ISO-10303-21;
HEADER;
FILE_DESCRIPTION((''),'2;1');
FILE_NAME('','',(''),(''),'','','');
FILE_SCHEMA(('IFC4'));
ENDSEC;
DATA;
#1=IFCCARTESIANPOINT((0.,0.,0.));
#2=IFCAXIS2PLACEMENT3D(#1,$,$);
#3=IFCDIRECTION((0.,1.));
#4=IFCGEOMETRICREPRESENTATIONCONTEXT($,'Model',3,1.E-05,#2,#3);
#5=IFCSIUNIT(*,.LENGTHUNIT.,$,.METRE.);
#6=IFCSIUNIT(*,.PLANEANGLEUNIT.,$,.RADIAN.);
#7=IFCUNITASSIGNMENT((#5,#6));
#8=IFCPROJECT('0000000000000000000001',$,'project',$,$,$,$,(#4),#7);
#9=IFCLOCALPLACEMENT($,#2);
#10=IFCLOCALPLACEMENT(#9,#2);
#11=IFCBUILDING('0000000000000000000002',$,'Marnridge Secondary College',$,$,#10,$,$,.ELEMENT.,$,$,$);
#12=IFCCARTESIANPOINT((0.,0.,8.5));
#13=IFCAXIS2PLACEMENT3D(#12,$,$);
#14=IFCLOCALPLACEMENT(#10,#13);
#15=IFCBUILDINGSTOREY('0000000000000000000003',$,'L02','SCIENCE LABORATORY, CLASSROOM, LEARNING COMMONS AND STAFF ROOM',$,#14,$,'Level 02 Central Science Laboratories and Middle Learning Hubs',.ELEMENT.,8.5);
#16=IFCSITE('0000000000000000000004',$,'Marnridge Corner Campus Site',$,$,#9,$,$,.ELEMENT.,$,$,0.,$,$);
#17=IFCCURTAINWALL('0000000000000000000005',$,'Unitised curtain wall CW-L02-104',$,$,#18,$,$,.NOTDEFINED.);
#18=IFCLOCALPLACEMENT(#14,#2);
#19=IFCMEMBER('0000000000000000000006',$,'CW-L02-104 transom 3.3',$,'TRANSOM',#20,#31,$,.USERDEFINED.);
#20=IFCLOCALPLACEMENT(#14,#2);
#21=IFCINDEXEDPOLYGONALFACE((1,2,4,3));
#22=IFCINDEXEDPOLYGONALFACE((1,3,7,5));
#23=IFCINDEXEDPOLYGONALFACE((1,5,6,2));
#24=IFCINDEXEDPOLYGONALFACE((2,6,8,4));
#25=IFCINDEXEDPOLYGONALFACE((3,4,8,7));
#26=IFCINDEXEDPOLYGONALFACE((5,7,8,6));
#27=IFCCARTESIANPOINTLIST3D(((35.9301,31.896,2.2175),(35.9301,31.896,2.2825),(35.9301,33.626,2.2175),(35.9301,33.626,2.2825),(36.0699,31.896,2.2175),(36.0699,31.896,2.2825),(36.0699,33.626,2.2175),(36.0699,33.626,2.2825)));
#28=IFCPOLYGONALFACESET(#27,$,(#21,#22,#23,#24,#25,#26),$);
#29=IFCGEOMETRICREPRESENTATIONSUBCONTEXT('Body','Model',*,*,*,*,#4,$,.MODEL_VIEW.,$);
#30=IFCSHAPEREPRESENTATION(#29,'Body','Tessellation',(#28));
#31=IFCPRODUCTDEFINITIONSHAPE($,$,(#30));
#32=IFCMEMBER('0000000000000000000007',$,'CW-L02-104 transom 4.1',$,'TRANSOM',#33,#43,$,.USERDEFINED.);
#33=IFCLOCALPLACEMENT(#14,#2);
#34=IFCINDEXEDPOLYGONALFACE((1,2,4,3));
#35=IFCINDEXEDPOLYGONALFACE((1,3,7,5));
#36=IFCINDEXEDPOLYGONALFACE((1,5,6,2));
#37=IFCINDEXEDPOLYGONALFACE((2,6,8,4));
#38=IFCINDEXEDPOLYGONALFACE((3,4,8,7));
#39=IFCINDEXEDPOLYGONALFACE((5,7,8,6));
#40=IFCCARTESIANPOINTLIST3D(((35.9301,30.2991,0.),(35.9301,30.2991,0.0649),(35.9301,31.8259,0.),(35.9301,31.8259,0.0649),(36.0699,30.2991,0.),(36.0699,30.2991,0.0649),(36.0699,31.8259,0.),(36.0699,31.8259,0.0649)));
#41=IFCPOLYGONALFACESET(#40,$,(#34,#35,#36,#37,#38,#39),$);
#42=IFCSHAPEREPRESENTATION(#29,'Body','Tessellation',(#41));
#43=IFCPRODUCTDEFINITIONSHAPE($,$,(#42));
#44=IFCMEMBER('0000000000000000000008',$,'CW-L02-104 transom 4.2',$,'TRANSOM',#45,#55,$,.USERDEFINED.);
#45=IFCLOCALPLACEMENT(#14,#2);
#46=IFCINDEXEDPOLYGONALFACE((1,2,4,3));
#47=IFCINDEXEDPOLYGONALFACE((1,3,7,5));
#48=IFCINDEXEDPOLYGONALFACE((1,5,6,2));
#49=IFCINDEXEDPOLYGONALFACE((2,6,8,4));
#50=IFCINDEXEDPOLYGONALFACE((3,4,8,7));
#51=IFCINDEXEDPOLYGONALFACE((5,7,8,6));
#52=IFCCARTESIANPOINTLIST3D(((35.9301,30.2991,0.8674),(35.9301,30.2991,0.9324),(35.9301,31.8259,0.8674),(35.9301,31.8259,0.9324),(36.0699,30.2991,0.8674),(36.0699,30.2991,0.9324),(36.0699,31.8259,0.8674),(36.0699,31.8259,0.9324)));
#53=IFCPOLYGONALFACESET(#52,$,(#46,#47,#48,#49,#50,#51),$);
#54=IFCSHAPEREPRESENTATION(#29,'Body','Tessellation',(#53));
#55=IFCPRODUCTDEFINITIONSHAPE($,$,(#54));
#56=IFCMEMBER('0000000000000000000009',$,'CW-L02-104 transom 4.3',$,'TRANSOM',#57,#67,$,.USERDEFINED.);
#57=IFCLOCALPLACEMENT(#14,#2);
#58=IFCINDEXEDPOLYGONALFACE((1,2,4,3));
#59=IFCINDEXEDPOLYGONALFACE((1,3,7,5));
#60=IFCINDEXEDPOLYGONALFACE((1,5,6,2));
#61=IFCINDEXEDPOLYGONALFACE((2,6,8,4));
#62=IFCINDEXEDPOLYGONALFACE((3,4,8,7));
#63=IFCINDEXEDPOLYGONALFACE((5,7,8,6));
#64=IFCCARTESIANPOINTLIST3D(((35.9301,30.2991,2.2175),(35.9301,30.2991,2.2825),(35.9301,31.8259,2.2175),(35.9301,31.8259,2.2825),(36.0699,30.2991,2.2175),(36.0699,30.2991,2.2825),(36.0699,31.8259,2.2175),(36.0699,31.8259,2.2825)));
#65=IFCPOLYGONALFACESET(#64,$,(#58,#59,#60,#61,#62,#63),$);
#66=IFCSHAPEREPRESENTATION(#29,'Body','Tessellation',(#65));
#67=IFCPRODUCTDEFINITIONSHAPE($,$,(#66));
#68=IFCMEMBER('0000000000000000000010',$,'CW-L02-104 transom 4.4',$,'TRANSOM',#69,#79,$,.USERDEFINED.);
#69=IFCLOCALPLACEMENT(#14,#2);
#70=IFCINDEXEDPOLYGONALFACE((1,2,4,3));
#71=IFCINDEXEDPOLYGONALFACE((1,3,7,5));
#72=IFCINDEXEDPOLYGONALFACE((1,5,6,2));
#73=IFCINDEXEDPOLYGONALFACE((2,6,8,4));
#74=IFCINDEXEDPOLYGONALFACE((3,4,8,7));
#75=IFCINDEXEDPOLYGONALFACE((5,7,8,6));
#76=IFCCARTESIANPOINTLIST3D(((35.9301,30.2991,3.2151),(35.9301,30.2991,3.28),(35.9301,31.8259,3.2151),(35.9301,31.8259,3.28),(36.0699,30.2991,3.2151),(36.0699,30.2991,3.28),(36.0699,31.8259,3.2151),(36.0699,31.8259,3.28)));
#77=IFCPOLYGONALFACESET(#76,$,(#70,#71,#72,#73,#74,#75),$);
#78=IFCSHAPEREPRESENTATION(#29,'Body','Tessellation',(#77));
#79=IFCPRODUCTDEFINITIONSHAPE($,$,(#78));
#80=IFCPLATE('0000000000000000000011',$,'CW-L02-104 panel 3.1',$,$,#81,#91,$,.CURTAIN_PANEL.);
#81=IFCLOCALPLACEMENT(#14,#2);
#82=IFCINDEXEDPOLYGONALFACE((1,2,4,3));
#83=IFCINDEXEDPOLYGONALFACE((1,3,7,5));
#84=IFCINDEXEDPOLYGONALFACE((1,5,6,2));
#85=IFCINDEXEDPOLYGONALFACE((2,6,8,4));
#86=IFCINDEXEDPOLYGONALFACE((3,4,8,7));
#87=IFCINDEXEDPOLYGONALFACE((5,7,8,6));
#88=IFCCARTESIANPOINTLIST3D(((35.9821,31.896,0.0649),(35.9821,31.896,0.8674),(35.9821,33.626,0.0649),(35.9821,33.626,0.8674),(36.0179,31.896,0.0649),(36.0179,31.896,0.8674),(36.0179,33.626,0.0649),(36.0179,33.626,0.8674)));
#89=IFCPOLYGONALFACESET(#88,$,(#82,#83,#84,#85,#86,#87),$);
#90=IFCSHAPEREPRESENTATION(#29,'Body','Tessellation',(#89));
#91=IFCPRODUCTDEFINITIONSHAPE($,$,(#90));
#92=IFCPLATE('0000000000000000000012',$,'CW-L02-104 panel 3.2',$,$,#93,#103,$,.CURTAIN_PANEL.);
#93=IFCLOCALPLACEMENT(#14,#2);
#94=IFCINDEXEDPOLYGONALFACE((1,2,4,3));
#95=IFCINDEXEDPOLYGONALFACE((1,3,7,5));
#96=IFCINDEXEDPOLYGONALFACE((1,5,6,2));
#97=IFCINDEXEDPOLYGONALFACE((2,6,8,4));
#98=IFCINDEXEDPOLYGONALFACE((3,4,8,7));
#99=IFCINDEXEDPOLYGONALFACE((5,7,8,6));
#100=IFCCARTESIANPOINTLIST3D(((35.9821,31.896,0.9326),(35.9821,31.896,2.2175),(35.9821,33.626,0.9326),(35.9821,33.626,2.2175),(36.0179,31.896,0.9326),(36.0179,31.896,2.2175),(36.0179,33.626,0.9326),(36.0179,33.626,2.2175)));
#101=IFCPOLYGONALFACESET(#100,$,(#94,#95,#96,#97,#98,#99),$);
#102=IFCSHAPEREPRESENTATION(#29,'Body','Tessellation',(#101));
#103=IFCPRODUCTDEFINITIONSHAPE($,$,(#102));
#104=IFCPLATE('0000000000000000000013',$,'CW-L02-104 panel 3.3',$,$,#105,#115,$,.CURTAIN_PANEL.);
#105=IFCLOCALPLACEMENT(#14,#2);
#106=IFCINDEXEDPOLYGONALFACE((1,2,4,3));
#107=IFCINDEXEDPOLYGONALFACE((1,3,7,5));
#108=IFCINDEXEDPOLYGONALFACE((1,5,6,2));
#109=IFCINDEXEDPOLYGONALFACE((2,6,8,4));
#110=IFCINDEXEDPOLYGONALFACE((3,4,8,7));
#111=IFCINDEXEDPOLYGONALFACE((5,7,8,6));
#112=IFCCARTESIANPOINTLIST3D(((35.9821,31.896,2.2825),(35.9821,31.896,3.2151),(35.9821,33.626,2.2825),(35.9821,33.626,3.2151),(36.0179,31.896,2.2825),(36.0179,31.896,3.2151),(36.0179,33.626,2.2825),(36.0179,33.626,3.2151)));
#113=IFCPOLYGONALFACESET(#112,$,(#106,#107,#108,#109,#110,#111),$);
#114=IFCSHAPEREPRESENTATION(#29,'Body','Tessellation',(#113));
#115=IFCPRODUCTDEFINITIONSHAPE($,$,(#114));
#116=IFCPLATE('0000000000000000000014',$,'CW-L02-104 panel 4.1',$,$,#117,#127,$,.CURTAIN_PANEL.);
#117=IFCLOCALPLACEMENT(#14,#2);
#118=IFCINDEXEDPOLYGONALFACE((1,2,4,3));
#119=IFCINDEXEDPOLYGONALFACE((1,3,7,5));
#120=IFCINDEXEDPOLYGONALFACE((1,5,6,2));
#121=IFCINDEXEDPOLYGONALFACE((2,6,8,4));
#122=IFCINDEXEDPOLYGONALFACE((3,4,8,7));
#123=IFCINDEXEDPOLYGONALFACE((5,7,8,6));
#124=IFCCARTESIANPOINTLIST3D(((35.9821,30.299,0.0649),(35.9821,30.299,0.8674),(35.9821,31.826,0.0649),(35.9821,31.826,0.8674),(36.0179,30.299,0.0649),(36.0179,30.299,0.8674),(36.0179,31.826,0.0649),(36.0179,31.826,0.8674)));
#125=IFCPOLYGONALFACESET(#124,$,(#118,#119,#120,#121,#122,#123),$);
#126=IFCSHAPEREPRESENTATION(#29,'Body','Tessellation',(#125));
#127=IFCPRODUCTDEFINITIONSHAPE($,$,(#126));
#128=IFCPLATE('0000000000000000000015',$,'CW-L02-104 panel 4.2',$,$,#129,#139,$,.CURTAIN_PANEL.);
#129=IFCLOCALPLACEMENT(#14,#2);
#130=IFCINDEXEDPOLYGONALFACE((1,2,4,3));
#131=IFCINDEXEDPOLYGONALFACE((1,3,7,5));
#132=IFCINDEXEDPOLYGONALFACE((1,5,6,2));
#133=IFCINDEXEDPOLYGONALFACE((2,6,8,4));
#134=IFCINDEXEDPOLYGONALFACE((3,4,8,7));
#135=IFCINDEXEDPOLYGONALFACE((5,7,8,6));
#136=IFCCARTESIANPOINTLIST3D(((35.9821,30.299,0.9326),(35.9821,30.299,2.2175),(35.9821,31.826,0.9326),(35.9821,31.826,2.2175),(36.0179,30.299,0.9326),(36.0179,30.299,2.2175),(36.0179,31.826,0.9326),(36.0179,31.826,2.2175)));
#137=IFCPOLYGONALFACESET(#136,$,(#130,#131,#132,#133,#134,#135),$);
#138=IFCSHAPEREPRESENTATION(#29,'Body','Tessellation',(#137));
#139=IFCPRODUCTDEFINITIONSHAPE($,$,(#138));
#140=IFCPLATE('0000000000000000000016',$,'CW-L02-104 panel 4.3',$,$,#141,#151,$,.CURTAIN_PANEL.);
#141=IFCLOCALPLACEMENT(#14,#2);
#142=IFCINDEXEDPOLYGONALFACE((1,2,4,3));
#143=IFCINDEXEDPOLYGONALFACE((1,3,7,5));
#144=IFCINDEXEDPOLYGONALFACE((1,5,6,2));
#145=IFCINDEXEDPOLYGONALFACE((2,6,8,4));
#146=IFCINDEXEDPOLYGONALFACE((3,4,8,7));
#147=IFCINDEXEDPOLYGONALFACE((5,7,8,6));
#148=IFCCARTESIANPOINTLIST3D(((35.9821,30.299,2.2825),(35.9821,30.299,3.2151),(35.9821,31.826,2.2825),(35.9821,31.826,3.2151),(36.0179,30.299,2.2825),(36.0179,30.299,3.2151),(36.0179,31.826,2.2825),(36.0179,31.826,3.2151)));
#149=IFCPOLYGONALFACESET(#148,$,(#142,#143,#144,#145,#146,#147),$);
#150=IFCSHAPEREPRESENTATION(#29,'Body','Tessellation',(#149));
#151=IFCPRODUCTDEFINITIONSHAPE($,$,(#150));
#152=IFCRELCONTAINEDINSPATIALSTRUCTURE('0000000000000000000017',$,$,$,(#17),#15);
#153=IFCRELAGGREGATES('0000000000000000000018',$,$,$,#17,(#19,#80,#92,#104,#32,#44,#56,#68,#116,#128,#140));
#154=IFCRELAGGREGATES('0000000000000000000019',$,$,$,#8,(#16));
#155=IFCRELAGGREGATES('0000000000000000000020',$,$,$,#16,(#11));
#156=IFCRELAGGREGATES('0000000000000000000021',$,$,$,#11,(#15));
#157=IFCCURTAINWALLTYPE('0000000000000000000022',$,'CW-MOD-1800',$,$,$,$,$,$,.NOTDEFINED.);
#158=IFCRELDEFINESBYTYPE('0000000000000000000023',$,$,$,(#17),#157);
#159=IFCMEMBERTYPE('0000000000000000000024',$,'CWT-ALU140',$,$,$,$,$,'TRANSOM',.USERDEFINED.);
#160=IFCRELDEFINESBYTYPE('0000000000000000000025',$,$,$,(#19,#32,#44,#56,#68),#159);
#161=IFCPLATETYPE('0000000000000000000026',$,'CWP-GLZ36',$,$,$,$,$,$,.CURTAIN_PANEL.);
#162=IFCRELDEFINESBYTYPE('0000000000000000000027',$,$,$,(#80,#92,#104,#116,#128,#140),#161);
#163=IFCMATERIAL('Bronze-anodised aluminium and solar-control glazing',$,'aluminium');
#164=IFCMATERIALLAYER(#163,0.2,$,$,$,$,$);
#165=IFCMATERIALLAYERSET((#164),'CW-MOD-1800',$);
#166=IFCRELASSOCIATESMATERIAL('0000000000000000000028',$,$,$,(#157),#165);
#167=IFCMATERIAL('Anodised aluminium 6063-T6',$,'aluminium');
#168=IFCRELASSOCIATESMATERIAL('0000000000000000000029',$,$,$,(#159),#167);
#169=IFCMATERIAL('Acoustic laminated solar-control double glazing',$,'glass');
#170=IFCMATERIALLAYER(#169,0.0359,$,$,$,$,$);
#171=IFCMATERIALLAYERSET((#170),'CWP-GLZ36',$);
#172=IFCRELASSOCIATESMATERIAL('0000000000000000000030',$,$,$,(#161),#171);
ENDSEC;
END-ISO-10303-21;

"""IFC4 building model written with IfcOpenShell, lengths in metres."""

from ifc_helpers import new_model, si_unit, direction, frame, origin, origin_2d, place, context, subcontext, project, spatial, rectangle, extrude, material, layer, layer_set, material_profile, profile_set, type_object, element, aggregate, save


model = new_model("IFC4")

# Units and contexts
model_context = context("Model", 3, precision=1e-05, world=origin(), true_north=direction((0.0, 1.0)))
body_context = subcontext(model_context, "Body", "Model", "MODEL_VIEW")
ifc_project = project(units=[si_unit("LENGTHUNIT", "METRE"), si_unit("PLANEANGLEUNIT", "RADIAN")], contexts=[model_context])

# Site, building, storey
site_placement = place(None, origin())
site = spatial("IfcSite", under=ifc_project, at=site_placement, Name="Marnridge Corner Campus Site", CompositionType="ELEMENT", RefElevation=0.0)
building_placement = place(site_placement, origin())
building = spatial("IfcBuilding", under=site, at=building_placement, Name="Marnridge Secondary College", CompositionType="ELEMENT")
storey_placement = place(building_placement, frame((0.0, 0.0, 8.5)))
storey = spatial("IfcBuildingStorey", under=building, at=storey_placement, Name="L02", Description="SCIENCE LABORATORY, CLASSROOM, LEARNING COMMONS AND STAFF ROOM", LongName="Level 02 Central Science Laboratories and Middle Learning Hubs", CompositionType="ELEMENT", Elevation=8.5)

# Curtain wall, members, plates
ifc_material_1 = material(Name="Bronze-anodised aluminium and solar-control glazing", Category="aluminium")
ifc_layer_1 = layer(ifc_material_1, 0.2)
ifc_layer_set_1 = layer_set([ifc_layer_1], Name="CW-MOD-1800")
curtain_wall_type = type_object("IfcCurtainWallType", Name="CW-MOD-1800", PredefinedType="NOTDEFINED", material=ifc_layer_set_1)
curtain_wall_placement = place(storey_placement, origin())
curtain_wall = element("IfcCurtainWall", 1, at=curtain_wall_placement, inside=storey, type_object=curtain_wall_type, Name="Unitised curtain wall CW-L02-104", PredefinedType="NOTDEFINED")
ifc_material_2 = material(Name="Anodised aluminium 6063-T6", Category="aluminium")
ifc_material_profile_1 = material_profile(ifc_material_2, rectangle(XDim=0.0649, YDim=0.1399, at=origin_2d()), Name="ALU 65x140")
ifc_profile_set_1 = profile_set([ifc_material_profile_1], Name="Anodised aluminium 6063-T6")
member_type_1 = type_object("IfcMemberType", Name="CWT-ALU140", ElementType="TRANSOM", PredefinedType="USERDEFINED", material=ifc_profile_set_1)
member_1_placement = place(storey_placement, frame((36.0, 33.626, 2.25), z_axis=(0.0, -1.0, 0.0), x_axis=(0.0, 0.0, 1.0)))
member_1 = element("IfcMember", 2, at=member_1_placement, type_object=member_type_1, Name="CW-L02-104 transom 3.3", ObjectType="TRANSOM", PredefinedType="USERDEFINED", context=body_context, shape_type="SweptSolid", body=[
    extrude(rectangle(XDim=0.0649, YDim=0.1399, at=origin_2d()), origin(), (0.0, 0.0, 1.0), 1.73),
])
member_2_placement = place(storey_placement, frame((36.0, 31.8259, 0.0325), z_axis=(0.0, -1.0, 0.0), x_axis=(0.0, 0.0, 1.0)))
member_2 = element("IfcMember", 3, at=member_2_placement, type_object=member_type_1, Name="CW-L02-104 transom 4.1", ObjectType="TRANSOM", PredefinedType="USERDEFINED", context=body_context, shape_type="SweptSolid", body=[
    extrude(rectangle(XDim=0.0649, YDim=0.1399, at=origin_2d()), origin(), (0.0, 0.0, 1.0), 1.5269),
])
member_3_placement = place(storey_placement, frame((36.0, 31.8259, 0.8999), z_axis=(0.0, -1.0, 0.0), x_axis=(0.0, 0.0, 1.0)))
member_3 = element("IfcMember", 4, at=member_3_placement, type_object=member_type_1, Name="CW-L02-104 transom 4.2", ObjectType="TRANSOM", PredefinedType="USERDEFINED", context=body_context, shape_type="SweptSolid", body=[
    extrude(rectangle(XDim=0.0649, YDim=0.1399, at=origin_2d()), origin(), (0.0, 0.0, 1.0), 1.5269),
])
member_4_placement = place(storey_placement, frame((36.0, 31.8259, 2.25), z_axis=(0.0, -1.0, 0.0), x_axis=(0.0, 0.0, 1.0)))
member_4 = element("IfcMember", 5, at=member_4_placement, type_object=member_type_1, Name="CW-L02-104 transom 4.3", ObjectType="TRANSOM", PredefinedType="USERDEFINED", context=body_context, shape_type="SweptSolid", body=[
    extrude(rectangle(XDim=0.0649, YDim=0.1399, at=origin_2d()), origin(), (0.0, 0.0, 1.0), 1.5269),
])
member_5_placement = place(storey_placement, frame((36.0, 31.8259, 3.2476), z_axis=(0.0, -1.0, 0.0), x_axis=(0.0, 0.0, 1.0)))
member_5 = element("IfcMember", 6, at=member_5_placement, type_object=member_type_1, Name="CW-L02-104 transom 4.4", ObjectType="TRANSOM", PredefinedType="USERDEFINED", context=body_context, shape_type="SweptSolid", body=[
    extrude(rectangle(XDim=0.0649, YDim=0.1399, at=origin_2d()), origin(), (0.0, 0.0, 1.0), 1.5269),
])
ifc_material_3 = material(Name="Acoustic laminated solar-control double glazing", Category="glass")
ifc_layer_2 = layer(ifc_material_3, 0.0359)
ifc_layer_set_2 = layer_set([ifc_layer_2], Name="CWP-GLZ36")
plate_type = type_object("IfcPlateType", Name="CWP-GLZ36", PredefinedType="CURTAIN_PANEL", material=ifc_layer_set_2)
plate_1_placement = place(storey_placement, frame((36.0, 32.761, 0.0649), z_axis=(0.0, 0.0, 1.0), x_axis=(0.0, -1.0, 0.0)))
plate_1 = element("IfcPlate", 7, at=plate_1_placement, type_object=plate_type, Name="CW-L02-104 panel 3.1", PredefinedType="CURTAIN_PANEL", context=body_context, shape_type="SweptSolid", body=[
    extrude(rectangle(XDim=1.73, YDim=0.0359, at=origin_2d()), origin(), (0.0, 0.0, 1.0), 0.8025),
])
plate_2_placement = place(storey_placement, frame((36.0, 32.761, 0.9326), z_axis=(0.0, 0.0, 1.0), x_axis=(0.0, -1.0, 0.0)))
plate_2 = element("IfcPlate", 8, at=plate_2_placement, type_object=plate_type, Name="CW-L02-104 panel 3.2", PredefinedType="CURTAIN_PANEL", context=body_context, shape_type="SweptSolid", body=[
    extrude(rectangle(XDim=1.73, YDim=0.0359, at=origin_2d()), origin(), (0.0, 0.0, 1.0), 1.2849),
])
plate_3_placement = place(storey_placement, frame((36.0, 32.761, 2.2825), z_axis=(0.0, 0.0, 1.0), x_axis=(0.0, -1.0, 0.0)))
plate_3 = element("IfcPlate", 9, at=plate_3_placement, type_object=plate_type, Name="CW-L02-104 panel 3.3", PredefinedType="CURTAIN_PANEL", context=body_context, shape_type="SweptSolid", body=[
    extrude(rectangle(XDim=1.73, YDim=0.0359, at=origin_2d()), origin(), (0.0, 0.0, 1.0), 0.9326),
])
plate_4_placement = place(storey_placement, frame((36.0, 31.0625, 0.0649), z_axis=(0.0, 0.0, 1.0), x_axis=(0.0, -1.0, 0.0)))
plate_4 = element("IfcPlate", 10, at=plate_4_placement, type_object=plate_type, Name="CW-L02-104 panel 4.1", PredefinedType="CURTAIN_PANEL", context=body_context, shape_type="SweptSolid", body=[
    extrude(rectangle(XDim=1.5271, YDim=0.0359, at=origin_2d()), origin(), (0.0, 0.0, 1.0), 0.8025),
])
plate_5_placement = place(storey_placement, frame((36.0, 31.0625, 0.9326), z_axis=(0.0, 0.0, 1.0), x_axis=(0.0, -1.0, 0.0)))
plate_5 = element("IfcPlate", 11, at=plate_5_placement, type_object=plate_type, Name="CW-L02-104 panel 4.2", PredefinedType="CURTAIN_PANEL", context=body_context, shape_type="SweptSolid", body=[
    extrude(rectangle(XDim=1.5271, YDim=0.0359, at=origin_2d()), origin(), (0.0, 0.0, 1.0), 1.2849),
])
plate_6_placement = place(storey_placement, frame((36.0, 31.0625, 2.2825), z_axis=(0.0, 0.0, 1.0), x_axis=(0.0, -1.0, 0.0)))
plate_6 = element("IfcPlate", 12, at=plate_6_placement, type_object=plate_type, Name="CW-L02-104 panel 4.3", PredefinedType="CURTAIN_PANEL", context=body_context, shape_type="SweptSolid", body=[
    extrude(rectangle(XDim=1.5271, YDim=0.0359, at=origin_2d()), origin(), (0.0, 0.0, 1.0), 0.9326),
])
aggregate(curtain_wall, [member_1, plate_1, plate_2, plate_3, member_2, member_3, member_4, member_5, plate_4, plate_5, plate_6])

save(model, "model.ifc")
